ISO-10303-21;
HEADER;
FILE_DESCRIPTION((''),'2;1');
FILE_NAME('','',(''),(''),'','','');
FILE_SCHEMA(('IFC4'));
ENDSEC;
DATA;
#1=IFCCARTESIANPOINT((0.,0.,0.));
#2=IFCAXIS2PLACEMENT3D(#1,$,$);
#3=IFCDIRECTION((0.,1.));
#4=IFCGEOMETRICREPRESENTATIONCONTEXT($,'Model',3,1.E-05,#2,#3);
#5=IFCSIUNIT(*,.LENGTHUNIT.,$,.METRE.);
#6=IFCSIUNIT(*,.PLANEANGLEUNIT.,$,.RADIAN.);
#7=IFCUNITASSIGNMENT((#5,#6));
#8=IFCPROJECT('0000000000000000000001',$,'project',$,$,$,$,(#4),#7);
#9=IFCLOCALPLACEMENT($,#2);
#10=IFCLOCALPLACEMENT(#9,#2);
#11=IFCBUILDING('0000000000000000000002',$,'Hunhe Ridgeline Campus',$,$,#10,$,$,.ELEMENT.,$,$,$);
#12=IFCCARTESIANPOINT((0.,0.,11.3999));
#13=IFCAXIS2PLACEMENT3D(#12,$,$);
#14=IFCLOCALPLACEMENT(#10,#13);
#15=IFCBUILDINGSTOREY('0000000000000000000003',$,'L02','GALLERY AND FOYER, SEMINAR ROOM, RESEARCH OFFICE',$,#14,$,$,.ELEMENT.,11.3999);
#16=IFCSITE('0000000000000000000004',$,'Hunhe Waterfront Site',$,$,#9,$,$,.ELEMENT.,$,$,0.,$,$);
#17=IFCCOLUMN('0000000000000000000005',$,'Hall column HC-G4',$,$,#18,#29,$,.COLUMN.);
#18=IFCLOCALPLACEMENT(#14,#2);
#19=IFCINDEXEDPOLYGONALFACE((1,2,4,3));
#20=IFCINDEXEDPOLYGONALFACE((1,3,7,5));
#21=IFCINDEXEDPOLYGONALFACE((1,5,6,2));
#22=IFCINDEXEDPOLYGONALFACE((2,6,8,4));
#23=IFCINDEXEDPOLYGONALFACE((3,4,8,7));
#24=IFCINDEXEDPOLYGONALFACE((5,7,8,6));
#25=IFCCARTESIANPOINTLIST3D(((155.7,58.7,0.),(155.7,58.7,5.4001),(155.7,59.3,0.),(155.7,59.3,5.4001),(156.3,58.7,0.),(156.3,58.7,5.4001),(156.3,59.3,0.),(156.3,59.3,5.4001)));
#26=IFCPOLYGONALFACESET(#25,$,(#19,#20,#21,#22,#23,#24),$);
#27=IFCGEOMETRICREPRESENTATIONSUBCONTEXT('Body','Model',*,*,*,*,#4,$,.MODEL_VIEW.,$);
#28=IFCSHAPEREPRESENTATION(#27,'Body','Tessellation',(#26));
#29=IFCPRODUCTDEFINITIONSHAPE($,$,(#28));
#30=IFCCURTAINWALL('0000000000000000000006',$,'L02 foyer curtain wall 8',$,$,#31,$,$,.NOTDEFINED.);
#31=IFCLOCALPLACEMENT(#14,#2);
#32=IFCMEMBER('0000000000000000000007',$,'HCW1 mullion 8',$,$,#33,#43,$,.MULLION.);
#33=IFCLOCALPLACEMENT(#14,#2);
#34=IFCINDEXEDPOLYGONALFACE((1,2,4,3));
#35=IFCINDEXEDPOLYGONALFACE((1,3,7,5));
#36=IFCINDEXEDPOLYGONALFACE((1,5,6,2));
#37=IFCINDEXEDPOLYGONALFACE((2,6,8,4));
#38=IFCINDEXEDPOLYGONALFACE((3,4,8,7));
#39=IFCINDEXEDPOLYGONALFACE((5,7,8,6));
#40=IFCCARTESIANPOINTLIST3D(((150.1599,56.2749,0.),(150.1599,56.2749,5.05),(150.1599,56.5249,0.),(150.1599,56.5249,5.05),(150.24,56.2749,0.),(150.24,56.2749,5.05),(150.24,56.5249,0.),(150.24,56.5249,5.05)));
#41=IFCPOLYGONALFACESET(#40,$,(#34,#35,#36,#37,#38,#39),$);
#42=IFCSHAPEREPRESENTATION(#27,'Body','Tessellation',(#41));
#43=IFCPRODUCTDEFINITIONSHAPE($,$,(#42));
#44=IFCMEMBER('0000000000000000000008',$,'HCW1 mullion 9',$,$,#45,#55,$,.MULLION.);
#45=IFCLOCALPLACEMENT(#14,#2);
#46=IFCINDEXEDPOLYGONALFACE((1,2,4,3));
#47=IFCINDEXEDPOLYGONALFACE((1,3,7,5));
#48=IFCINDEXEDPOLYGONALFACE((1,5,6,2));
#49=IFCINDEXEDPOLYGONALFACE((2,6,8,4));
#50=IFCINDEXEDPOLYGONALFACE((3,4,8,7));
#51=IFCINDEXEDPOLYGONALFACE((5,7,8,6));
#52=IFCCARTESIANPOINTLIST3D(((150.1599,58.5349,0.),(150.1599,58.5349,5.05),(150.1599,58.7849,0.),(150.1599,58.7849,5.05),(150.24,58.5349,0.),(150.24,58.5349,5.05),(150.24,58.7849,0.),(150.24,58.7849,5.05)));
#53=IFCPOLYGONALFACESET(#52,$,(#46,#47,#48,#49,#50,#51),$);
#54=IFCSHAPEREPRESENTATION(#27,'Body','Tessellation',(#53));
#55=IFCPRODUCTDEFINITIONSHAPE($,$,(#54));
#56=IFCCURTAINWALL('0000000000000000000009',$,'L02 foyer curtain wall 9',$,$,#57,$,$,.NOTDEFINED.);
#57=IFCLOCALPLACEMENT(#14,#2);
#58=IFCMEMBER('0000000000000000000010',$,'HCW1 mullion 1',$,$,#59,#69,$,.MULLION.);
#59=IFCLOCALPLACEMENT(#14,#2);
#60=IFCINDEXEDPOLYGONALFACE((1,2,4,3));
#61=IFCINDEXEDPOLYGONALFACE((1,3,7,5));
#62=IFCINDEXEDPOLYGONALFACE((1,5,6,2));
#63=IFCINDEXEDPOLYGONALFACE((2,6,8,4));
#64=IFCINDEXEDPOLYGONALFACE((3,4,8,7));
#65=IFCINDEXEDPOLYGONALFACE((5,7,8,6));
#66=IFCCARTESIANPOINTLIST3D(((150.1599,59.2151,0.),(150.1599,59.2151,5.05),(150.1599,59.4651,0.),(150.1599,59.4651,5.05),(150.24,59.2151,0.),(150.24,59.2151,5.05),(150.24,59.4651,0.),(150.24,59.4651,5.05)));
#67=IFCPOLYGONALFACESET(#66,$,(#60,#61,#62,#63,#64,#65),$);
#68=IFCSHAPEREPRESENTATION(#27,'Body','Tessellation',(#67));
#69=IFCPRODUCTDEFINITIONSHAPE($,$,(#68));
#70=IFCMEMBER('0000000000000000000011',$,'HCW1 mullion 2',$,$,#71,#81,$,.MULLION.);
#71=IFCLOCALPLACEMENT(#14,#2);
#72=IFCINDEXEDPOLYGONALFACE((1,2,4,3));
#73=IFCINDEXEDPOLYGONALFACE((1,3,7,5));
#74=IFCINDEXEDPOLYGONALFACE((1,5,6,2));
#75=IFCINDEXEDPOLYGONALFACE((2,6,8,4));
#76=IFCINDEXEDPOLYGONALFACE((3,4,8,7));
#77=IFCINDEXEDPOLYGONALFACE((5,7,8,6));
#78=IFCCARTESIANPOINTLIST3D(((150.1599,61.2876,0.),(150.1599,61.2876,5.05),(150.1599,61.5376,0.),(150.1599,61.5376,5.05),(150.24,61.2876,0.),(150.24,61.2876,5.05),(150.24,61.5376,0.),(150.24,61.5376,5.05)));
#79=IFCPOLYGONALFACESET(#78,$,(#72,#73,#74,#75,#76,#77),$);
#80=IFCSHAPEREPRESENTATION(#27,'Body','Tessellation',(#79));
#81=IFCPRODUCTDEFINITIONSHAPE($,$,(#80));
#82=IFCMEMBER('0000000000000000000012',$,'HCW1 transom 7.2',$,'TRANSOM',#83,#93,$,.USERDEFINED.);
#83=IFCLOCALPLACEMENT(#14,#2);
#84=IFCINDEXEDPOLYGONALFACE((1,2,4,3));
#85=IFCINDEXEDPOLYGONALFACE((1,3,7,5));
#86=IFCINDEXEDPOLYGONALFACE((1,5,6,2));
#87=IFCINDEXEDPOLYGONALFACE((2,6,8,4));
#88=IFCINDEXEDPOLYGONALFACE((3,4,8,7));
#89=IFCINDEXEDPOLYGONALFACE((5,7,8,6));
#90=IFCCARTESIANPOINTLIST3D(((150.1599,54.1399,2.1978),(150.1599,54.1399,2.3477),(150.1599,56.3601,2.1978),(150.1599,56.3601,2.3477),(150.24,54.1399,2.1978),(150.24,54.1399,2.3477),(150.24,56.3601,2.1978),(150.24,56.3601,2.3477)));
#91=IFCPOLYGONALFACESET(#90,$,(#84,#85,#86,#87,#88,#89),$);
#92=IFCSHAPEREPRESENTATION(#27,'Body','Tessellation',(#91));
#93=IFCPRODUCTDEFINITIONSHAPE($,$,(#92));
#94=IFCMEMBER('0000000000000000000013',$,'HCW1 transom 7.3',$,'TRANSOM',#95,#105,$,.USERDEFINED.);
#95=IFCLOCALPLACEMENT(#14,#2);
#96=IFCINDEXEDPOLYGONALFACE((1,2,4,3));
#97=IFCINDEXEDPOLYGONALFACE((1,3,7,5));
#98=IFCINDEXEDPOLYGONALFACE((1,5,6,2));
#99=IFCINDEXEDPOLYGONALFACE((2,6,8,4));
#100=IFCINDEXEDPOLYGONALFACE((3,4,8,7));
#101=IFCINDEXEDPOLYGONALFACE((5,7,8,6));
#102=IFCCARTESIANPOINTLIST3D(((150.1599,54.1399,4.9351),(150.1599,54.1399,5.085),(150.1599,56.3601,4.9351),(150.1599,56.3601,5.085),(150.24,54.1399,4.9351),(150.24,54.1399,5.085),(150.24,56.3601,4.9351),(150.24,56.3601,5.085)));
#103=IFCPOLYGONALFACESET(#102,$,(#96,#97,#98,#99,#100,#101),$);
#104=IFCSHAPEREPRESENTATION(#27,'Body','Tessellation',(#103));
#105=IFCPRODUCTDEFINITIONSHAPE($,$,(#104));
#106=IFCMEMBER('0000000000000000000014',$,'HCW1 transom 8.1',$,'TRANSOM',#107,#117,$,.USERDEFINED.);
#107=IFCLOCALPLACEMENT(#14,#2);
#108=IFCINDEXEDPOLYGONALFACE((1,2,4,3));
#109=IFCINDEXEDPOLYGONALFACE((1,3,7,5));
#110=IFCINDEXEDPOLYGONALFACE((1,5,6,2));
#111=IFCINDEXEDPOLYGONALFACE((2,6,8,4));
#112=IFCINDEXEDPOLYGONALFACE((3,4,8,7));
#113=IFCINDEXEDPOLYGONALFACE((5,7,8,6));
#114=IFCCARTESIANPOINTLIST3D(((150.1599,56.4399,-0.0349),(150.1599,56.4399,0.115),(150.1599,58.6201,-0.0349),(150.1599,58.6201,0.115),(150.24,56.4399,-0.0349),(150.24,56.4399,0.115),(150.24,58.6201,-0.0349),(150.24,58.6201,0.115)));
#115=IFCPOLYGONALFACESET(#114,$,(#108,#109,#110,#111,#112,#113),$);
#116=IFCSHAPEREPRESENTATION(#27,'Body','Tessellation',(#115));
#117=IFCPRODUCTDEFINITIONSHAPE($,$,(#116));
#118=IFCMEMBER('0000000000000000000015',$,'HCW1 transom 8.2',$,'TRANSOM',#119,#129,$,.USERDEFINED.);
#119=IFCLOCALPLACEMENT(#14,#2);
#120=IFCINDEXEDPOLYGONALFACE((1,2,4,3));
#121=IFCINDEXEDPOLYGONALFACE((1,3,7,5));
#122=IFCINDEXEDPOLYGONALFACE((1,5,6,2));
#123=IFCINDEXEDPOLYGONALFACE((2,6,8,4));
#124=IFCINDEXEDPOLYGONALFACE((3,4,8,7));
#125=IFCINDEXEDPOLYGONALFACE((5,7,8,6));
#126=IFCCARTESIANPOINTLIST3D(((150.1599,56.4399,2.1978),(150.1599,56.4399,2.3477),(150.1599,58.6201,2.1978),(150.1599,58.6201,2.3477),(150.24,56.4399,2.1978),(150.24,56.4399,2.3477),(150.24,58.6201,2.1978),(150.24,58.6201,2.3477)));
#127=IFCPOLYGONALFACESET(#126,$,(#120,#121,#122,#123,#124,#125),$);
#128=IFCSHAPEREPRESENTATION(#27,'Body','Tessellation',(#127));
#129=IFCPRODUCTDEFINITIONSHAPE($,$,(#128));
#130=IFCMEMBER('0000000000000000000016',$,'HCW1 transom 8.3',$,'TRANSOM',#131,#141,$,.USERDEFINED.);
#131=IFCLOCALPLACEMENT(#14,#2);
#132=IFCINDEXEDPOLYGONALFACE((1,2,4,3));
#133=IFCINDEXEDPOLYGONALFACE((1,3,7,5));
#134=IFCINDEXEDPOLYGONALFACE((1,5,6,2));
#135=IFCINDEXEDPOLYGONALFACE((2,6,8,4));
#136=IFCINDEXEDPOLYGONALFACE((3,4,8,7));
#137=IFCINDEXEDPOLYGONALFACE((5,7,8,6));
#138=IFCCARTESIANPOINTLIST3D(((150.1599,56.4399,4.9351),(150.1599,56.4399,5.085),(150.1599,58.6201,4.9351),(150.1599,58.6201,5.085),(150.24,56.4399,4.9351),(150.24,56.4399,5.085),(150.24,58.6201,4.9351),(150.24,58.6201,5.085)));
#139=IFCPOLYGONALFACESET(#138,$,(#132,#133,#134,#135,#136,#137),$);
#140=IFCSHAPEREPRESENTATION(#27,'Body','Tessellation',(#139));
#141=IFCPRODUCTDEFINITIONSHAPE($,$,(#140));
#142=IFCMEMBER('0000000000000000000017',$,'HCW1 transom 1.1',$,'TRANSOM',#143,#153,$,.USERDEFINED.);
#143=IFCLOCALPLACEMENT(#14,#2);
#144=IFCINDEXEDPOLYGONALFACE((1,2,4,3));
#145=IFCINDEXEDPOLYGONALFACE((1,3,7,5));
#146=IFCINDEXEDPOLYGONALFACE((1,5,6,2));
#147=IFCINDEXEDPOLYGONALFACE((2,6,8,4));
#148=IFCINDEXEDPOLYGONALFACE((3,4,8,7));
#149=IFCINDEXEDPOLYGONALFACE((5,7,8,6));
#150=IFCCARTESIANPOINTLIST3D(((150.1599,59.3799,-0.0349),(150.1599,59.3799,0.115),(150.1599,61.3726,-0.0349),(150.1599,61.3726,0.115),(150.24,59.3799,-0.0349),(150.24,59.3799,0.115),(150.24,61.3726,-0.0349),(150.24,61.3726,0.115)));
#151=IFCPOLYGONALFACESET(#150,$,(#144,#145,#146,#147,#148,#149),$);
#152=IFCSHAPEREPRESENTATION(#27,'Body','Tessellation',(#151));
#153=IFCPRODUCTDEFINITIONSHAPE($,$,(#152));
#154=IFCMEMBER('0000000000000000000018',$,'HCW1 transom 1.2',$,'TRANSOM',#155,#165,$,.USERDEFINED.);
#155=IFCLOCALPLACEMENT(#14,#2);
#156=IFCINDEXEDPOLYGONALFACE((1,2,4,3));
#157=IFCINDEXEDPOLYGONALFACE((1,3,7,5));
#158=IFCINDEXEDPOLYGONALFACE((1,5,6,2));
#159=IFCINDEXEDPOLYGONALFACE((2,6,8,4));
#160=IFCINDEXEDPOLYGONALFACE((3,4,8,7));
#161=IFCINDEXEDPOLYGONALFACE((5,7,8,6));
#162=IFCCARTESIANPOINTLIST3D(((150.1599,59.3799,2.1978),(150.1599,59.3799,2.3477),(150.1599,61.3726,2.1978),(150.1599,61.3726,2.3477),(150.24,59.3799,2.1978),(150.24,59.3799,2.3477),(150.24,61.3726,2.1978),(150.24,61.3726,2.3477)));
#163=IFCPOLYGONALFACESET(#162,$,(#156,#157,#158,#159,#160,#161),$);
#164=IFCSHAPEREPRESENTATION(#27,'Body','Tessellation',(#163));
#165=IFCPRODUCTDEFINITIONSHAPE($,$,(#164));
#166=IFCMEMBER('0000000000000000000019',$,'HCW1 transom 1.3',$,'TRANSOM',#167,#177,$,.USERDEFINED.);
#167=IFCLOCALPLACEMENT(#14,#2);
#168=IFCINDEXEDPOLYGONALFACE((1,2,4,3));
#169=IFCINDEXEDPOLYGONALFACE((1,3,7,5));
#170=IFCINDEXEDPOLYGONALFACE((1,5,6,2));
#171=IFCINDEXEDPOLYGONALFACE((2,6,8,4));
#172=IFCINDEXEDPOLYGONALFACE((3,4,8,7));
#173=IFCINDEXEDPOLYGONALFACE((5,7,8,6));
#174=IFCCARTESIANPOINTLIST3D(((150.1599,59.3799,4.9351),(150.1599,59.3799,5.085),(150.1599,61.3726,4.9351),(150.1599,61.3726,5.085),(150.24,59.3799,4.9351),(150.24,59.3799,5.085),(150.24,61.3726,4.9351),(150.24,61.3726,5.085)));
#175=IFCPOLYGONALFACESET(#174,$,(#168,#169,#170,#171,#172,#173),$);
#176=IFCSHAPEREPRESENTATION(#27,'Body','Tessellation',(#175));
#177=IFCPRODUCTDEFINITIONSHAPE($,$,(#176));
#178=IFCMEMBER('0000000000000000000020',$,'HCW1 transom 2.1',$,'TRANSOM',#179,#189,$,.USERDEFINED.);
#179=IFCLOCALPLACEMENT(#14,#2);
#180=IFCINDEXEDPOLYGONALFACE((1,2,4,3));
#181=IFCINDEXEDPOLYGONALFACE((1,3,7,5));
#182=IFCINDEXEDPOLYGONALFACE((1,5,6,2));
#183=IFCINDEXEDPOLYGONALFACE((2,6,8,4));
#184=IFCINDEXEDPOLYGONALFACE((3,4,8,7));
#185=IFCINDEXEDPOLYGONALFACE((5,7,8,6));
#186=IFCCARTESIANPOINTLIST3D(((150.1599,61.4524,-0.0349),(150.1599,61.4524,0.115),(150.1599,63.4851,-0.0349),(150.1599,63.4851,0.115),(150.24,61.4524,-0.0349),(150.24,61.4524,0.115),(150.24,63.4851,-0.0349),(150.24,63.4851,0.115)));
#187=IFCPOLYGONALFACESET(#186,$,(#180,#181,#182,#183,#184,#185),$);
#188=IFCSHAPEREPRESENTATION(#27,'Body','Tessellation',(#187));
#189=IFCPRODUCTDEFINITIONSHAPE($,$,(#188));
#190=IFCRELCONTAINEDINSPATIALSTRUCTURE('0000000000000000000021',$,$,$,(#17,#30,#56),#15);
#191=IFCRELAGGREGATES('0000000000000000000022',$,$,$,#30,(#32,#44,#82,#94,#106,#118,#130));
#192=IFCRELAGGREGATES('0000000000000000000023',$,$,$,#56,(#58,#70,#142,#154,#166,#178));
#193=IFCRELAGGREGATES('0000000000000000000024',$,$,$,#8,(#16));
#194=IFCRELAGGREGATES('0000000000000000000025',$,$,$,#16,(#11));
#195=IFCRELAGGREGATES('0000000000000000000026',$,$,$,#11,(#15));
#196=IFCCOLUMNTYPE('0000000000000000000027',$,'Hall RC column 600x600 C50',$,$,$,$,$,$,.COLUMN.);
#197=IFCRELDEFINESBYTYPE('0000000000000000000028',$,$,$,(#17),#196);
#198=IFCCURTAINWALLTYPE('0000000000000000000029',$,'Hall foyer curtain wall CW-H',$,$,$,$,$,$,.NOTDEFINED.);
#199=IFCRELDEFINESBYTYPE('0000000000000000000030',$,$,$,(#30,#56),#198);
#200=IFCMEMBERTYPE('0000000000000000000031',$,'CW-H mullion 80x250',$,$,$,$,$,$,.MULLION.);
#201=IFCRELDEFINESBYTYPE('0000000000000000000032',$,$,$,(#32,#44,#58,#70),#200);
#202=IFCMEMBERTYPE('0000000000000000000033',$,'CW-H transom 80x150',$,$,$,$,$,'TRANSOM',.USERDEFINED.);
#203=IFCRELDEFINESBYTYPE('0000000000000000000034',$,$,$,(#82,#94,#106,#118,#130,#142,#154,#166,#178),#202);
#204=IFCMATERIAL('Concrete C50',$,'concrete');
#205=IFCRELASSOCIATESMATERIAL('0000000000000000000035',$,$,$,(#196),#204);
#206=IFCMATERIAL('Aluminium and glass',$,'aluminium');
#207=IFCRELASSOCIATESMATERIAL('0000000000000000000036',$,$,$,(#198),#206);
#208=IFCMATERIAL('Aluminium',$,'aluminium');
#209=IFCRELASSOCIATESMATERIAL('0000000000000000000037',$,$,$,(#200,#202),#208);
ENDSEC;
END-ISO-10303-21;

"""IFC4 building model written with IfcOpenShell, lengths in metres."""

from ifc_helpers import new_model, si_unit, direction, frame, origin, origin_2d, place, context, subcontext, project, spatial, rectangle, extrude, material, material_profile, profile_set, type_object, element, aggregate, save


model = new_model("IFC4")

# Units and contexts
model_context = context("Model", 3, precision=1e-05, world=origin(), true_north=direction((0.0, 1.0)))
body_context = subcontext(model_context, "Body", "Model", "MODEL_VIEW")
ifc_project = project(units=[si_unit("LENGTHUNIT", "METRE"), si_unit("PLANEANGLEUNIT", "RADIAN")], contexts=[model_context])

# Site, building, storey
site_placement = place(None, origin())
site = spatial("IfcSite", under=ifc_project, at=site_placement, Name="Hunhe Waterfront Site", CompositionType="ELEMENT", RefElevation=0.0)
building_placement = place(site_placement, origin())
building = spatial("IfcBuilding", under=site, at=building_placement, Name="Hunhe Ridgeline Campus", CompositionType="ELEMENT")
storey_placement = place(building_placement, frame((0.0, 0.0, 11.3999)))
storey = spatial("IfcBuildingStorey", under=building, at=storey_placement, Name="L02", Description="GALLERY AND FOYER, SEMINAR ROOM, RESEARCH OFFICE", CompositionType="ELEMENT", Elevation=11.3999)

# Column
ifc_material_1 = material(Name="Concrete C50", Category="concrete")
ifc_material_profile_1 = material_profile(ifc_material_1, rectangle(XDim=0.6001, YDim=0.6001, at=origin_2d()))
ifc_profile_set_1 = profile_set([ifc_material_profile_1], Name="Concrete C50")
column_type = type_object("IfcColumnType", Name="Hall RC column 600x600 C50", PredefinedType="COLUMN", material=ifc_profile_set_1)
column_placement = place(storey_placement, frame((156.0, 59.0, 0.0), z_axis=(0.0, 0.0, 1.0), x_axis=(1.0, 0.0, 0.0)))
element("IfcColumn", 1, at=column_placement, inside=storey, type_object=column_type, Name="Hall column HC-G4", PredefinedType="COLUMN", context=body_context, shape_type="SweptSolid", body=[
    extrude(rectangle(XDim=0.6001, YDim=0.6001, at=origin_2d()), origin(), (0.0, 0.0, 1.0), 5.4001),
])

# Curtain walls, members
ifc_material_2 = material(Name="Aluminium and glass", Category="aluminium")
curtain_wall_type = type_object("IfcCurtainWallType", Name="Hall foyer curtain wall CW-H", PredefinedType="NOTDEFINED", material=ifc_material_2)
curtain_wall_1_placement = place(storey_placement, origin())
curtain_wall_1 = element("IfcCurtainWall", 2, at=curtain_wall_1_placement, inside=storey, type_object=curtain_wall_type, Name="L02 foyer curtain wall 8", PredefinedType="NOTDEFINED")
ifc_material_3 = material(Name="Aluminium", Category="aluminium")
ifc_material_profile_2 = material_profile(ifc_material_3, rectangle(XDim=0.0801, YDim=0.25, at=origin_2d()))
ifc_profile_set_2 = profile_set([ifc_material_profile_2], Name="Aluminium")
member_type_1 = type_object("IfcMemberType", Name="CW-H mullion 80x250", PredefinedType="MULLION", material=ifc_profile_set_2)
member_1_placement = place(storey_placement, frame((150.2, 56.3999, 0.0), z_axis=(0.0, 0.0, 1.0), x_axis=(-1.0, 0.0, 0.0)))
member_1 = element("IfcMember", 3, at=member_1_placement, type_object=member_type_1, Name="HCW1 mullion 8", PredefinedType="MULLION", context=body_context, shape_type="SweptSolid", body=[
    extrude(rectangle(XDim=0.0801, YDim=0.25, at=origin_2d()), origin(), (0.0, 0.0, 1.0), 5.05),
])
member_2_placement = place(storey_placement, frame((150.2, 58.6599, 0.0), z_axis=(0.0, 0.0, 1.0), x_axis=(-1.0, 0.0, 0.0)))
member_2 = element("IfcMember", 4, at=member_2_placement, type_object=member_type_1, Name="HCW1 mullion 9", PredefinedType="MULLION", context=body_context, shape_type="SweptSolid", body=[
    extrude(rectangle(XDim=0.0801, YDim=0.25, at=origin_2d()), origin(), (0.0, 0.0, 1.0), 5.05),
])
curtain_wall_2_placement = place(storey_placement, origin())
curtain_wall_2 = element("IfcCurtainWall", 5, at=curtain_wall_2_placement, inside=storey, type_object=curtain_wall_type, Name="L02 foyer curtain wall 9", PredefinedType="NOTDEFINED")
member_3_placement = place(storey_placement, frame((150.2, 59.3401, 0.0), z_axis=(0.0, 0.0, 1.0), x_axis=(-1.0, 0.0, 0.0)))
member_3 = element("IfcMember", 6, at=member_3_placement, type_object=member_type_1, Name="HCW1 mullion 1", PredefinedType="MULLION", context=body_context, shape_type="SweptSolid", body=[
    extrude(rectangle(XDim=0.0801, YDim=0.25, at=origin_2d()), origin(), (0.0, 0.0, 1.0), 5.05),
])
member_4_placement = place(storey_placement, frame((150.2, 61.4126, 0.0), z_axis=(0.0, 0.0, 1.0), x_axis=(-1.0, 0.0, 0.0)))
member_4 = element("IfcMember", 7, at=member_4_placement, type_object=member_type_1, Name="HCW1 mullion 2", PredefinedType="MULLION", context=body_context, shape_type="SweptSolid", body=[
    extrude(rectangle(XDim=0.0801, YDim=0.25, at=origin_2d()), origin(), (0.0, 0.0, 1.0), 5.05),
])

# Members
ifc_material_profile_3 = material_profile(ifc_material_3, rectangle(XDim=0.0801, YDim=0.1499, at=origin_2d()))
ifc_profile_set_3 = profile_set([ifc_material_profile_3], Name="Aluminium")
member_type_2 = type_object("IfcMemberType", Name="CW-H transom 80x150", ElementType="TRANSOM", PredefinedType="USERDEFINED", material=ifc_profile_set_3)
member_5_placement = place(storey_placement, frame((150.2, 54.1399, 2.2727), z_axis=(0.0, 1.0, 0.0), x_axis=(-1.0, 0.0, 0.0)))
member_5 = element("IfcMember", 8, at=member_5_placement, type_object=member_type_2, Name="HCW1 transom 7.2", ObjectType="TRANSOM", PredefinedType="USERDEFINED", context=body_context, shape_type="SweptSolid", body=[
    extrude(rectangle(XDim=0.0801, YDim=0.1499, at=origin_2d()), origin(), (0.0, 0.0, 1.0), 2.2202),
])
member_6_placement = place(storey_placement, frame((150.2, 54.1399, 5.01), z_axis=(0.0, 1.0, 0.0), x_axis=(-1.0, 0.0, 0.0)))
member_6 = element("IfcMember", 9, at=member_6_placement, type_object=member_type_2, Name="HCW1 transom 7.3", ObjectType="TRANSOM", PredefinedType="USERDEFINED", context=body_context, shape_type="SweptSolid", body=[
    extrude(rectangle(XDim=0.0801, YDim=0.1499, at=origin_2d()), origin(), (0.0, 0.0, 1.0), 2.2202),
])
member_7_placement = place(storey_placement, frame((150.2, 56.4399, 0.04), z_axis=(0.0, 1.0, 0.0), x_axis=(-1.0, 0.0, 0.0)))
member_7 = element("IfcMember", 10, at=member_7_placement, type_object=member_type_2, Name="HCW1 transom 8.1", ObjectType="TRANSOM", PredefinedType="USERDEFINED", context=body_context, shape_type="SweptSolid", body=[
    extrude(rectangle(XDim=0.0801, YDim=0.1499, at=origin_2d()), origin(), (0.0, 0.0, 1.0), 2.1802),
])
member_8_placement = place(storey_placement, frame((150.2, 56.4399, 2.2727), z_axis=(0.0, 1.0, 0.0), x_axis=(-1.0, 0.0, 0.0)))
member_8 = element("IfcMember", 11, at=member_8_placement, type_object=member_type_2, Name="HCW1 transom 8.2", ObjectType="TRANSOM", PredefinedType="USERDEFINED", context=body_context, shape_type="SweptSolid", body=[
    extrude(rectangle(XDim=0.0801, YDim=0.1499, at=origin_2d()), origin(), (0.0, 0.0, 1.0), 2.1802),
])
member_9_placement = place(storey_placement, frame((150.2, 56.4399, 5.01), z_axis=(0.0, 1.0, 0.0), x_axis=(-1.0, 0.0, 0.0)))
member_9 = element("IfcMember", 12, at=member_9_placement, type_object=member_type_2, Name="HCW1 transom 8.3", ObjectType="TRANSOM", PredefinedType="USERDEFINED", context=body_context, shape_type="SweptSolid", body=[
    extrude(rectangle(XDim=0.0801, YDim=0.1499, at=origin_2d()), origin(), (0.0, 0.0, 1.0), 2.1802),
])
member_10_placement = place(storey_placement, frame((150.2, 59.3799, 0.04), z_axis=(0.0, 1.0, 0.0), x_axis=(-1.0, 0.0, 0.0)))
member_10 = element("IfcMember", 13, at=member_10_placement, type_object=member_type_2, Name="HCW1 transom 1.1", ObjectType="TRANSOM", PredefinedType="USERDEFINED", context=body_context, shape_type="SweptSolid", body=[
    extrude(rectangle(XDim=0.0801, YDim=0.1499, at=origin_2d()), origin(), (0.0, 0.0, 1.0), 1.9927),
])
member_11_placement = place(storey_placement, frame((150.2, 59.3799, 2.2727), z_axis=(0.0, 1.0, 0.0), x_axis=(-1.0, 0.0, 0.0)))
member_11 = element("IfcMember", 14, at=member_11_placement, type_object=member_type_2, Name="HCW1 transom 1.2", ObjectType="TRANSOM", PredefinedType="USERDEFINED", context=body_context, shape_type="SweptSolid", body=[
    extrude(rectangle(XDim=0.0801, YDim=0.1499, at=origin_2d()), origin(), (0.0, 0.0, 1.0), 1.9927),
])
member_12_placement = place(storey_placement, frame((150.2, 59.3799, 5.01), z_axis=(0.0, 1.0, 0.0), x_axis=(-1.0, 0.0, 0.0)))
member_12 = element("IfcMember", 15, at=member_12_placement, type_object=member_type_2, Name="HCW1 transom 1.3", ObjectType="TRANSOM", PredefinedType="USERDEFINED", context=body_context, shape_type="SweptSolid", body=[
    extrude(rectangle(XDim=0.0801, YDim=0.1499, at=origin_2d()), origin(), (0.0, 0.0, 1.0), 1.9927),
])
member_13_placement = place(storey_placement, frame((150.2, 61.4524, 0.04), z_axis=(0.0, 1.0, 0.0), x_axis=(-1.0, 0.0, 0.0)))
member_13 = element("IfcMember", 16, at=member_13_placement, type_object=member_type_2, Name="HCW1 transom 2.1", ObjectType="TRANSOM", PredefinedType="USERDEFINED", context=body_context, shape_type="SweptSolid", body=[
    extrude(rectangle(XDim=0.0801, YDim=0.1499, at=origin_2d()), origin(), (0.0, 0.0, 1.0), 2.0327),
])

aggregate(curtain_wall_1, [member_1, member_2, member_5, member_6, member_7, member_8, member_9])
aggregate(curtain_wall_2, [member_3, member_4, member_10, member_11, member_12, member_13])

save(model, "model.ifc")
